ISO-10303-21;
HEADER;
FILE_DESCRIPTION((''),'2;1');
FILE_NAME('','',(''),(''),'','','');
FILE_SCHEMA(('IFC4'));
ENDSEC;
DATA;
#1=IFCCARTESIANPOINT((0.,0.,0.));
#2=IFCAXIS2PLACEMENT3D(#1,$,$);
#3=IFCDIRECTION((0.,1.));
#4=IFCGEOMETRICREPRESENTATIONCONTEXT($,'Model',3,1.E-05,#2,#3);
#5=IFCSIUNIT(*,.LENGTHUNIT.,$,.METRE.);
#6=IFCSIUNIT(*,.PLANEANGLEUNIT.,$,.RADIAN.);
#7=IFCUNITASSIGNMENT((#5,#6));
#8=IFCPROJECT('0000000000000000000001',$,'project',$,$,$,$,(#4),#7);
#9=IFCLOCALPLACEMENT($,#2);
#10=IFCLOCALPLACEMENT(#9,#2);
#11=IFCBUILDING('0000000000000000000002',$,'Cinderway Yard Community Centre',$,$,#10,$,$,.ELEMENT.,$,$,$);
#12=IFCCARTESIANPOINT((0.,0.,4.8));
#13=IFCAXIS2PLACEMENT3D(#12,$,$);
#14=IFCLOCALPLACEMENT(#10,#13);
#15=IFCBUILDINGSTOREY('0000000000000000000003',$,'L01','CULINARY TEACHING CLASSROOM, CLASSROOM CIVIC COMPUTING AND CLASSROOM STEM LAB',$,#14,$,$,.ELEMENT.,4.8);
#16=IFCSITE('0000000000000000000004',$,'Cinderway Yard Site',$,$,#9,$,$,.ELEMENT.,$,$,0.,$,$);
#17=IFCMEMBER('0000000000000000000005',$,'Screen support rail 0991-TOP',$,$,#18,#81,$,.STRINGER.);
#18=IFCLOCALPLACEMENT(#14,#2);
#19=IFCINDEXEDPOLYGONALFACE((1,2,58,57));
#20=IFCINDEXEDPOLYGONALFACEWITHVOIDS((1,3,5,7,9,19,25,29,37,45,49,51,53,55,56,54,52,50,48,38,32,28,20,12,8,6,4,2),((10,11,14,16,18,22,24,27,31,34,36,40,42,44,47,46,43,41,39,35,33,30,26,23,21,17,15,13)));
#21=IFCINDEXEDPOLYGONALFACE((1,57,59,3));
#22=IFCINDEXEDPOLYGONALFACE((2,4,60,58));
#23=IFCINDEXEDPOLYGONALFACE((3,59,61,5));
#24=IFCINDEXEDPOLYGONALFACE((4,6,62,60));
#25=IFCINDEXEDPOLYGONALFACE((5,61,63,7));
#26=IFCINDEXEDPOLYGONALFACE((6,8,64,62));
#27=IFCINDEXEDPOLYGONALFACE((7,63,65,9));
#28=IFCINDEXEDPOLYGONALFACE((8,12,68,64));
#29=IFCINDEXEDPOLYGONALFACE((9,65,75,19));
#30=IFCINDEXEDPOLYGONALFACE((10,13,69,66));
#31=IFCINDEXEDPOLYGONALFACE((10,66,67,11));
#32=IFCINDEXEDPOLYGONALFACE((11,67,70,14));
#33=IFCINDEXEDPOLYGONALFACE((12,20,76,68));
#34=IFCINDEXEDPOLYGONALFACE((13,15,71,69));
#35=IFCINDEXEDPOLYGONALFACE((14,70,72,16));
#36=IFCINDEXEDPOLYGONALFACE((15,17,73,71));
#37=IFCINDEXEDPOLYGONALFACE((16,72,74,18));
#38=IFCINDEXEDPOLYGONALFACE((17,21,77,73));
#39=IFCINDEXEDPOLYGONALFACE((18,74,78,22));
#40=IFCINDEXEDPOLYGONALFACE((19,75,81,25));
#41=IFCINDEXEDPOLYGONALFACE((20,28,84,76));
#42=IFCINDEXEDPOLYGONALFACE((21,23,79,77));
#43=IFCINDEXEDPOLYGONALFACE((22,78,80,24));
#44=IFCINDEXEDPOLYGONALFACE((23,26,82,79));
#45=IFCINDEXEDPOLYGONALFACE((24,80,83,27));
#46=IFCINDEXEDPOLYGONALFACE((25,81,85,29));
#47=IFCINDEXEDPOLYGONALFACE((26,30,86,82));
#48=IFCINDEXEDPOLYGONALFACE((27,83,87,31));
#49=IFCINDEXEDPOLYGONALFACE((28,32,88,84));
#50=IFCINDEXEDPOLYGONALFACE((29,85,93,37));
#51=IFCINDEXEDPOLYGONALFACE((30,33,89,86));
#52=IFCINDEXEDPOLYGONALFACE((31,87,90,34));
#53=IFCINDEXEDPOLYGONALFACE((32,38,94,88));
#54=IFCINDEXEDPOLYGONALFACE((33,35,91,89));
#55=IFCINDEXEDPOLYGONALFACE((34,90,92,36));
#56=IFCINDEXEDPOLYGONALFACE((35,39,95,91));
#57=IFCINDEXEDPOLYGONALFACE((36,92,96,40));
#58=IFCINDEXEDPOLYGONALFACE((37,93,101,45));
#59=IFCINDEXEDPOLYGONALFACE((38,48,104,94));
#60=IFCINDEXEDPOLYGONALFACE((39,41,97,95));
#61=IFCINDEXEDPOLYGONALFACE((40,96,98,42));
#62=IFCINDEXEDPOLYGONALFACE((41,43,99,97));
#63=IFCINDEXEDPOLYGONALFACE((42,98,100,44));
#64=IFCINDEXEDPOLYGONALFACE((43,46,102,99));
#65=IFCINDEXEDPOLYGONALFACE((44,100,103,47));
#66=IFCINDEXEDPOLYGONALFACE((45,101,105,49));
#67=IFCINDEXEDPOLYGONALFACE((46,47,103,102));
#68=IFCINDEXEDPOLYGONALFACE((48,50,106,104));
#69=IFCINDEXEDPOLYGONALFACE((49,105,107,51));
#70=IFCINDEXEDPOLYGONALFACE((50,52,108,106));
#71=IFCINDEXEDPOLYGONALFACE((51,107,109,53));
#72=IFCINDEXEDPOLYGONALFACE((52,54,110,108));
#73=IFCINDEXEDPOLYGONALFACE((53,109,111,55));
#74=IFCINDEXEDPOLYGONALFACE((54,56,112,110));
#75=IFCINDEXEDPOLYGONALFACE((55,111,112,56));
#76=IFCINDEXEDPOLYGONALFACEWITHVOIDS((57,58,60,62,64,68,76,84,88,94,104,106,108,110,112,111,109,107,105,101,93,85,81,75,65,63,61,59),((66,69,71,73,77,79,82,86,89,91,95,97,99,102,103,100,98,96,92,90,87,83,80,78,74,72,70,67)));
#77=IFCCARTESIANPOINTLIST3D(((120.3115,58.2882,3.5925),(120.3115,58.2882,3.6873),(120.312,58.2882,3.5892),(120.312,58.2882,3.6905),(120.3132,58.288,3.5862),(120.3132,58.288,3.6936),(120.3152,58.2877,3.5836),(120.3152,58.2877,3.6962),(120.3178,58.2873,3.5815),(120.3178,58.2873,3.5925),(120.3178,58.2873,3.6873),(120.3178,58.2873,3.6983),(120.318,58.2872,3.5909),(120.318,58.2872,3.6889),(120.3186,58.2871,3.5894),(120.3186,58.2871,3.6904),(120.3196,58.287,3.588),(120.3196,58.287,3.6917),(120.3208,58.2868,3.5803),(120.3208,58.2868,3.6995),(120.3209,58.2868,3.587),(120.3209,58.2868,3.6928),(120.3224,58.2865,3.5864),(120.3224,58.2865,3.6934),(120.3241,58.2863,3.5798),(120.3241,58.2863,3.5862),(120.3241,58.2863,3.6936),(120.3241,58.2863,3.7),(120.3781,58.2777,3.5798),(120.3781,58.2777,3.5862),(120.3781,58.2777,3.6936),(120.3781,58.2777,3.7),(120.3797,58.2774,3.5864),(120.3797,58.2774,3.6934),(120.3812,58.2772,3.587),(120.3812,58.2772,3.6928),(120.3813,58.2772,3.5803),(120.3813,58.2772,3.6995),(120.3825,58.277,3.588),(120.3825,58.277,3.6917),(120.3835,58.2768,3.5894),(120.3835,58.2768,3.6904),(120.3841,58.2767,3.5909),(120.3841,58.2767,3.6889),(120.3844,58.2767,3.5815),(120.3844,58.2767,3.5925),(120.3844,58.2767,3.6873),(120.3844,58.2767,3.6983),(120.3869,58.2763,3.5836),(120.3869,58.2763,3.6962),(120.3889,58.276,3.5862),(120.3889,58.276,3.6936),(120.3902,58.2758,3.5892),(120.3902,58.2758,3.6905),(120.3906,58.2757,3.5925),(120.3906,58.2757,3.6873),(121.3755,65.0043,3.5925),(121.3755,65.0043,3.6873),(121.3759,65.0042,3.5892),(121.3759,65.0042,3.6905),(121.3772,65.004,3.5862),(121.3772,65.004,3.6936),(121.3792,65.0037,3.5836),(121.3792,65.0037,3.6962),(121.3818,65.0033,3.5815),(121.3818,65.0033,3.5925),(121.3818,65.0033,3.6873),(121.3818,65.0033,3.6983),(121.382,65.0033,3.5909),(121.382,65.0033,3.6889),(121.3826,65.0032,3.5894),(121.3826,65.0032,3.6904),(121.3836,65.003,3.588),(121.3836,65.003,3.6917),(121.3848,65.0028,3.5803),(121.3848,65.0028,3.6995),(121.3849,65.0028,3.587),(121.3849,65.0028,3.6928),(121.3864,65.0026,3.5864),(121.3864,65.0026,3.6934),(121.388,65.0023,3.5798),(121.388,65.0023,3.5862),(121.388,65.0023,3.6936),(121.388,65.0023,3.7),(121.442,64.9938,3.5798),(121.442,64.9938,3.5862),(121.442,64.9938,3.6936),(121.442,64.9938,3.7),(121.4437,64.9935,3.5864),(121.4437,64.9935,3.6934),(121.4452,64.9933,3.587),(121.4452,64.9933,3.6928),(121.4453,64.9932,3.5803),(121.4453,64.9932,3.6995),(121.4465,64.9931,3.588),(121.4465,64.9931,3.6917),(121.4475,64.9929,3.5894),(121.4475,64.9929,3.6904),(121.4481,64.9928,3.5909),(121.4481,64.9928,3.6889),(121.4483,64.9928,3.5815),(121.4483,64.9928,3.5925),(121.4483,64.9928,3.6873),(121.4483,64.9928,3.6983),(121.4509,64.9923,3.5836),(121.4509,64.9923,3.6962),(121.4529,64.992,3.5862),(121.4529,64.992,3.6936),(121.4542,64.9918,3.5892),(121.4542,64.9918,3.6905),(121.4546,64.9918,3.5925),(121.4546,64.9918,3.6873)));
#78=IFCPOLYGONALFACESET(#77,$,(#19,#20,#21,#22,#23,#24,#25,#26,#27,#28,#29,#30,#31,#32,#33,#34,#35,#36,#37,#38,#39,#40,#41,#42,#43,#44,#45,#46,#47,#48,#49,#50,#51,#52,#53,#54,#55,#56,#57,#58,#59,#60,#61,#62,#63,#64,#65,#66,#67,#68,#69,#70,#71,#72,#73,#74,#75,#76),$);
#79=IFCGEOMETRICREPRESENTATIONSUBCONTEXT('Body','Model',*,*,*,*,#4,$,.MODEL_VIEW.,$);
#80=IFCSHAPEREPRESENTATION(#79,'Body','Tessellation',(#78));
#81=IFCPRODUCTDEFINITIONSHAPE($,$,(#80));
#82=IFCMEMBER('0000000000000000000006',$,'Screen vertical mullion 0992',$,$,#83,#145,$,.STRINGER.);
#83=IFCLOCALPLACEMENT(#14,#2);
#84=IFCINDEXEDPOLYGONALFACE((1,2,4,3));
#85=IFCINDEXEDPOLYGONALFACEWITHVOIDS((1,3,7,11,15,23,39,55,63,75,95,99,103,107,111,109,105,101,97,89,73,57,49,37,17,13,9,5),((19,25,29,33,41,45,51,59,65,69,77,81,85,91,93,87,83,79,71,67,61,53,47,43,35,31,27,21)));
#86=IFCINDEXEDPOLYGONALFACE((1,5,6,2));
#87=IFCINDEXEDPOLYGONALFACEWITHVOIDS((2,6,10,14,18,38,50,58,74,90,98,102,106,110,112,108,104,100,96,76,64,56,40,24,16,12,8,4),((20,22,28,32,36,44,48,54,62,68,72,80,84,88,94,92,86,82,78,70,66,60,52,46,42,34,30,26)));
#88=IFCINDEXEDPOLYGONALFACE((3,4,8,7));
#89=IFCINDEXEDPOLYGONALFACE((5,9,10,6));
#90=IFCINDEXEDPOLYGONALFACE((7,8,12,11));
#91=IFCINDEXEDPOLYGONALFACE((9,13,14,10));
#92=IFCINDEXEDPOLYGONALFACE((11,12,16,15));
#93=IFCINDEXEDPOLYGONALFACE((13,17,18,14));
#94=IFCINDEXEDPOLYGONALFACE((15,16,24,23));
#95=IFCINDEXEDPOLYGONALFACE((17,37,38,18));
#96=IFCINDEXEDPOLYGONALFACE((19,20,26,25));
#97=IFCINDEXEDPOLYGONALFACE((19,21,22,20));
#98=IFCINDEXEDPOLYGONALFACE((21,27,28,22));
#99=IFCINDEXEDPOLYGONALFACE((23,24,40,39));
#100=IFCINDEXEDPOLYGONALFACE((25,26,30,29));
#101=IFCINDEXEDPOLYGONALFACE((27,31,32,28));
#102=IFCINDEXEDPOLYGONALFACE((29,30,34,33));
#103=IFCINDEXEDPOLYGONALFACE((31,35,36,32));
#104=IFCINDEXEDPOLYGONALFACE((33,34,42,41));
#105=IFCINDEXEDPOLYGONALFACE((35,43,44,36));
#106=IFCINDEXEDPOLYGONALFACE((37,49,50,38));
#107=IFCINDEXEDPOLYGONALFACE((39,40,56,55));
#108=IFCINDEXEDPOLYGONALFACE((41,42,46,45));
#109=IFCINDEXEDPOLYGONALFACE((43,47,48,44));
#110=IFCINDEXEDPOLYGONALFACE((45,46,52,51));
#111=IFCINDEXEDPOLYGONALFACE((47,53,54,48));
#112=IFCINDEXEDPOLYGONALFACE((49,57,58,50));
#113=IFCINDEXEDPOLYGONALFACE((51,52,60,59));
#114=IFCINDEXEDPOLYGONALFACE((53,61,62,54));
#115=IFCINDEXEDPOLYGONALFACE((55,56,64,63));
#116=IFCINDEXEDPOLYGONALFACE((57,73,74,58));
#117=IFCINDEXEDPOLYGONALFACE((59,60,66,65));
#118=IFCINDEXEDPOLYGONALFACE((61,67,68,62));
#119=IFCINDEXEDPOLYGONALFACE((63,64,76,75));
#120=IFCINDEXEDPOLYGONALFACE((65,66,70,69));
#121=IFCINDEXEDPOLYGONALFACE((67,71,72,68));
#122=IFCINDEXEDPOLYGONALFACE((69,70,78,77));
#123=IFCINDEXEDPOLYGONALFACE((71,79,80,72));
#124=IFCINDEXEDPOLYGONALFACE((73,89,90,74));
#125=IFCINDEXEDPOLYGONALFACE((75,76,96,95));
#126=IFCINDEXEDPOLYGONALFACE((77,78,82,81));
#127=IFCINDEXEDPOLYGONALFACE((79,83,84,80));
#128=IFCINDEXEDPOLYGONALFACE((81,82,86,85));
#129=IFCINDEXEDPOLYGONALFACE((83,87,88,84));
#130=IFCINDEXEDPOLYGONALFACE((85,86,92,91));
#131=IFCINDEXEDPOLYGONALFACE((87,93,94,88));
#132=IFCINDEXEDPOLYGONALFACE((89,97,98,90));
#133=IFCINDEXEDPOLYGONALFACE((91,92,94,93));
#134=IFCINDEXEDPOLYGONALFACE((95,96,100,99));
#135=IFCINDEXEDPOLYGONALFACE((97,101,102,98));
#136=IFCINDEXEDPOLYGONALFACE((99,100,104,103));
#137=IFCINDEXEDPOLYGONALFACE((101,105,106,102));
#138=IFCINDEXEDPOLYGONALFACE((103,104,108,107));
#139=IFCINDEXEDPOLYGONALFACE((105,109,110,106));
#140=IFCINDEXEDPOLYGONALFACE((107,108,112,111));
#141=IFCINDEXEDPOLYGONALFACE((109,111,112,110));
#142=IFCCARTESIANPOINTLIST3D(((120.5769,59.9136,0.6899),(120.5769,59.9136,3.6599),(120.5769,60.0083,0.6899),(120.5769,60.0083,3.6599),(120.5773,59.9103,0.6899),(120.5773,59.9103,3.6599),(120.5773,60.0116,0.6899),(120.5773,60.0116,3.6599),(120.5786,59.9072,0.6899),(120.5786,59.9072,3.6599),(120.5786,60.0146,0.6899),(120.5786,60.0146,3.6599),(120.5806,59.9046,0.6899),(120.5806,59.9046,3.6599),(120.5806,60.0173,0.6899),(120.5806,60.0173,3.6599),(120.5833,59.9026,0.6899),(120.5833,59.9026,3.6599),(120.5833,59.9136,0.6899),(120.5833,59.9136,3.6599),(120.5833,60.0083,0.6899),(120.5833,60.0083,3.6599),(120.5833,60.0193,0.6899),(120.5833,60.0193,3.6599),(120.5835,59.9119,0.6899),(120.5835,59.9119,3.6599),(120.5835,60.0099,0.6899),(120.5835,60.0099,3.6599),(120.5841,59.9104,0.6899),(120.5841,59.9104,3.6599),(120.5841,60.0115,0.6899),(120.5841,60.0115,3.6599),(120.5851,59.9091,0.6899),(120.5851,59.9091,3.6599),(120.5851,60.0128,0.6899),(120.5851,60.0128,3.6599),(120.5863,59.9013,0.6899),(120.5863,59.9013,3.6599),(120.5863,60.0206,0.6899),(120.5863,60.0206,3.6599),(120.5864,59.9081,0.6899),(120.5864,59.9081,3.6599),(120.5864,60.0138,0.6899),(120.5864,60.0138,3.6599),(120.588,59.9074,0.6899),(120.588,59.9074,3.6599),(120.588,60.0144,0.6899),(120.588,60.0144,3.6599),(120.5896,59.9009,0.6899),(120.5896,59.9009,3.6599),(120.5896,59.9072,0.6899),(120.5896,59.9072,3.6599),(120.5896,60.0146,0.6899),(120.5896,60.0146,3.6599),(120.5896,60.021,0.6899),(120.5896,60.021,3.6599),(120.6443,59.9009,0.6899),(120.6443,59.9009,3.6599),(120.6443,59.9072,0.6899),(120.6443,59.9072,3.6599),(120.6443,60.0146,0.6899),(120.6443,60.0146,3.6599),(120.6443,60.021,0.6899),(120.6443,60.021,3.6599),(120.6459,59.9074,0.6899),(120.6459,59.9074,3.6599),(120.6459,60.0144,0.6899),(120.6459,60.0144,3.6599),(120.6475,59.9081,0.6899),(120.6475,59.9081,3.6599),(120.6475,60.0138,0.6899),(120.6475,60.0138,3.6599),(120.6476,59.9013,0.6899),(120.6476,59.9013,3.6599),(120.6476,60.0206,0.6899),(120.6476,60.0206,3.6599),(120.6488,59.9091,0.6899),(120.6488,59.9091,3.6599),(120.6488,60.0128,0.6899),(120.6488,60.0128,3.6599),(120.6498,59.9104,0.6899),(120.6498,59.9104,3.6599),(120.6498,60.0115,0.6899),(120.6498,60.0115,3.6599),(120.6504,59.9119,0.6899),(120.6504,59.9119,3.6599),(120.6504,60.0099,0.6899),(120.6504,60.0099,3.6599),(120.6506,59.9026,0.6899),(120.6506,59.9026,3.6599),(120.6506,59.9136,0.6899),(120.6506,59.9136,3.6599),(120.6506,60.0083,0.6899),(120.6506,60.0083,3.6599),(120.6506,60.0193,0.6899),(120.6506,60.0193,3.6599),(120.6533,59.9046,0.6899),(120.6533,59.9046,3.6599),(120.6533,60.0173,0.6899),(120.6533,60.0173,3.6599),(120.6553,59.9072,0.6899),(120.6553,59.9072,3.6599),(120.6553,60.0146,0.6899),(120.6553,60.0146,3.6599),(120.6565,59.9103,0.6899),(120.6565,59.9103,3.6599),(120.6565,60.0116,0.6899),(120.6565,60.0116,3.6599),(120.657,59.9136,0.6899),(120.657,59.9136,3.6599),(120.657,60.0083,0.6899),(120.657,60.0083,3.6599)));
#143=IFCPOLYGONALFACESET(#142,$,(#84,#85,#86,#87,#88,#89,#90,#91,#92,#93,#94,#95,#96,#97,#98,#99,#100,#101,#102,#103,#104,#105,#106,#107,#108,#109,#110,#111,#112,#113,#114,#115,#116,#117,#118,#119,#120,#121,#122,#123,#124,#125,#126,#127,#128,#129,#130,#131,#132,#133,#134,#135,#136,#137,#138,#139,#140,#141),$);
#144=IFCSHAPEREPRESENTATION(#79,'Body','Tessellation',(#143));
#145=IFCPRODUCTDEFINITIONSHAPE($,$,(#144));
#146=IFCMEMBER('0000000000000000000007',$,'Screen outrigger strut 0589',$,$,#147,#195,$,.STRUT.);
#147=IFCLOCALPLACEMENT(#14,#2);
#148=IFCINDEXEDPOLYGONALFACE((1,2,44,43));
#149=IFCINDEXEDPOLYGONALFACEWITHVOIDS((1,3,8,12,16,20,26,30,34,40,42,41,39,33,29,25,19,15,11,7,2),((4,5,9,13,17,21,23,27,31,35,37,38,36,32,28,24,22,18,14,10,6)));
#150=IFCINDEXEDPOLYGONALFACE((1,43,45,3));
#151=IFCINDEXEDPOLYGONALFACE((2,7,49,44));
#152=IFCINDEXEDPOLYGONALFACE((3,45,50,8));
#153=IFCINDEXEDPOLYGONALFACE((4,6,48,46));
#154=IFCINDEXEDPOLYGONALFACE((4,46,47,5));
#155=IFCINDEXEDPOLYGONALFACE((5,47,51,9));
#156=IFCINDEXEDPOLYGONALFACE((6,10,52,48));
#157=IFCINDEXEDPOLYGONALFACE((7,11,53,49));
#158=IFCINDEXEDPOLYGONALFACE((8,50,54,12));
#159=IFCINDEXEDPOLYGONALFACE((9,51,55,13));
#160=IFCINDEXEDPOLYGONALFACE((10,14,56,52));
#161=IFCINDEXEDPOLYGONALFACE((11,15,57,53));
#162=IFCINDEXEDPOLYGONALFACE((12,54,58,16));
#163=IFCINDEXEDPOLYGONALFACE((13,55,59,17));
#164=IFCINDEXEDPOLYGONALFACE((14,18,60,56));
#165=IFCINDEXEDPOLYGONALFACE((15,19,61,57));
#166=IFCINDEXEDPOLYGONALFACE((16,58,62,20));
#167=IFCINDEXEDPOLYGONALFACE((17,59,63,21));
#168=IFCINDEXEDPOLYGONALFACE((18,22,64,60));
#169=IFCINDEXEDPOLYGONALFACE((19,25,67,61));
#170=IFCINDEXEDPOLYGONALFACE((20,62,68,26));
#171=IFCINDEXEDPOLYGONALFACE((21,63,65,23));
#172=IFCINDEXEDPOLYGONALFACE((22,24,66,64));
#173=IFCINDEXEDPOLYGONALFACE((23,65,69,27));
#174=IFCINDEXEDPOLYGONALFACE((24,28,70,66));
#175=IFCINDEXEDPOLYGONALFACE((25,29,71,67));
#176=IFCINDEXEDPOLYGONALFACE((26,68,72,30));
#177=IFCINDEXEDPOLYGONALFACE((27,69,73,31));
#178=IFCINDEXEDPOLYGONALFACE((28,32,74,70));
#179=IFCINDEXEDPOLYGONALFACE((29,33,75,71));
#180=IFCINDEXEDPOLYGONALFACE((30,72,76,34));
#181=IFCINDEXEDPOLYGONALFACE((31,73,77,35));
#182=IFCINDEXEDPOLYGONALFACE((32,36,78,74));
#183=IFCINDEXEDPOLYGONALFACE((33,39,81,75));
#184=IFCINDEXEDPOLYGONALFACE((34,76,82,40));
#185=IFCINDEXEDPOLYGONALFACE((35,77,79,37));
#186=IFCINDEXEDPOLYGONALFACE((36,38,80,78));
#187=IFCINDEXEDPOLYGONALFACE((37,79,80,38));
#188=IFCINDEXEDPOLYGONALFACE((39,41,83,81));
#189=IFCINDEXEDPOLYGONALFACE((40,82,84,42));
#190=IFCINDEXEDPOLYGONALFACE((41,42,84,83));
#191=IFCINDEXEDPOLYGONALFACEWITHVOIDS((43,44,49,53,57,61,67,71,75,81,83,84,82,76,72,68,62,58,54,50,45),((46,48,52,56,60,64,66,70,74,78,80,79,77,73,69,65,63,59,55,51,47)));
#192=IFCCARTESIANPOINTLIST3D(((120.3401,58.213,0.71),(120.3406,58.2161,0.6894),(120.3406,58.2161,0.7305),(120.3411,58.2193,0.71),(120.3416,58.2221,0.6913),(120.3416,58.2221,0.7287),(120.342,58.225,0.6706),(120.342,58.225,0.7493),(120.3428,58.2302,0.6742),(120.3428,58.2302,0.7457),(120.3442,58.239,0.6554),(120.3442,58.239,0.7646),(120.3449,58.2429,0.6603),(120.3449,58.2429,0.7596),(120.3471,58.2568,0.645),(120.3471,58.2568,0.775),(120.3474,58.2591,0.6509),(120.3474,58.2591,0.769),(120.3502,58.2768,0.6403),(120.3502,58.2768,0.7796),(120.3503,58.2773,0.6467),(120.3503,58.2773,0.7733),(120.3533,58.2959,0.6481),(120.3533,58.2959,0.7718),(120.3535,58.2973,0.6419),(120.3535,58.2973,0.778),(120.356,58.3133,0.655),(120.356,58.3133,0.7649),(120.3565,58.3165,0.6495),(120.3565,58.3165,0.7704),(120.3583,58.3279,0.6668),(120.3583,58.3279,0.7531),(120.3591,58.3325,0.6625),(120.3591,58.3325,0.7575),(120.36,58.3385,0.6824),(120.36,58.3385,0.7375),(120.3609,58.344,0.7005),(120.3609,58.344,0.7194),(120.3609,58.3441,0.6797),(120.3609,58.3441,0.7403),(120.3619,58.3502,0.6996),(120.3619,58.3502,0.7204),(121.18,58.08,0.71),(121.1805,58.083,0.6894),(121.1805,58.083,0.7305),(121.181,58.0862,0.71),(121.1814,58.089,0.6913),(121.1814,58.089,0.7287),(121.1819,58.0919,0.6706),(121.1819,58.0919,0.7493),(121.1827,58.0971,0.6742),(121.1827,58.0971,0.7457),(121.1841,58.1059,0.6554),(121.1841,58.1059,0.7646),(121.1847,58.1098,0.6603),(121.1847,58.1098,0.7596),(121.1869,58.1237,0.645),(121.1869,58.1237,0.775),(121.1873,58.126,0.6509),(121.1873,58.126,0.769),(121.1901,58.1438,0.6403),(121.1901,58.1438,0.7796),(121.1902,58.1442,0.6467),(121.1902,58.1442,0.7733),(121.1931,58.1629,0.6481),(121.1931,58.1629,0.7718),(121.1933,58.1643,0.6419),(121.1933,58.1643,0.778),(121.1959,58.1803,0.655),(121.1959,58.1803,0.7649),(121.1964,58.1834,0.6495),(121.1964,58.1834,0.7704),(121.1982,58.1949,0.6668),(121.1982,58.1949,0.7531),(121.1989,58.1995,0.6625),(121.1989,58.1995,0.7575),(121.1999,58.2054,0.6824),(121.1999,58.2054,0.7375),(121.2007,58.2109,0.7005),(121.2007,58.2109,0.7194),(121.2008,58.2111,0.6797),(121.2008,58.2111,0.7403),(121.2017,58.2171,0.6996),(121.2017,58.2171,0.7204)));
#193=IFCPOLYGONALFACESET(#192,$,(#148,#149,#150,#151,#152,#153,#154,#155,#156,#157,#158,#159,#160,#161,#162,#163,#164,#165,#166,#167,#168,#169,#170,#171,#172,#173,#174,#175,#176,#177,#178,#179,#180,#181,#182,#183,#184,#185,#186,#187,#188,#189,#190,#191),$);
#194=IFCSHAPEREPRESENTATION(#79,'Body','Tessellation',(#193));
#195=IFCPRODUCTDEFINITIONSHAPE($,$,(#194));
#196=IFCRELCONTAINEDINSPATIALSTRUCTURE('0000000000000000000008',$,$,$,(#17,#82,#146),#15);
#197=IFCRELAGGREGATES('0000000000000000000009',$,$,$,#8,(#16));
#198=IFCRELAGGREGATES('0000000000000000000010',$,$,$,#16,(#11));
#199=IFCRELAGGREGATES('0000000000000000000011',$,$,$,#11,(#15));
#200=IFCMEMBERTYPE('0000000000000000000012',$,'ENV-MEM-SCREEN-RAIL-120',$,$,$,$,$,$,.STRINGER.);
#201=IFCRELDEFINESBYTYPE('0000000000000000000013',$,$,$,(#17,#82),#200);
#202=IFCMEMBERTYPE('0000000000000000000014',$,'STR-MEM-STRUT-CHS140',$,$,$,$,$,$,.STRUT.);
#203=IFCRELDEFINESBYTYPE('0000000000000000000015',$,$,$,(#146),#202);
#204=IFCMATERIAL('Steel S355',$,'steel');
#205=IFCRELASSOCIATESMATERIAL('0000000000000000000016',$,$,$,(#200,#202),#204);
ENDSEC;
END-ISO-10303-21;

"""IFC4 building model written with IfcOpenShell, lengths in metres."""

from ifc_helpers import new_model, si_unit, direction, frame, origin, origin_2d, place, context, subcontext, project, spatial, hollow_rectangle, hollow_circle, extrude, material, material_profile, profile_set, type_object, element, save


model = new_model("IFC4")

# Units and contexts
model_context = context("Model", 3, precision=1e-05, world=origin(), true_north=direction((0.0, 1.0)))
body_context = subcontext(model_context, "Body", "Model", "MODEL_VIEW")
ifc_project = project(units=[si_unit("LENGTHUNIT", "METRE"), si_unit("PLANEANGLEUNIT", "RADIAN")], contexts=[model_context])

# Site, building, storey
site_placement = place(None, origin())
site = spatial("IfcSite", under=ifc_project, at=site_placement, Name="Cinderway Yard Site", CompositionType="ELEMENT", RefElevation=0.0)
building_placement = place(site_placement, origin())
building = spatial("IfcBuilding", under=site, at=building_placement, Name="Cinderway Yard Community Centre", CompositionType="ELEMENT")
storey_placement = place(building_placement, frame((0.0, 0.0, 4.8)))
storey = spatial("IfcBuildingStorey", under=building, at=storey_placement, Name="L01", Description="CULINARY TEACHING CLASSROOM, CLASSROOM CIVIC COMPUTING AND CLASSROOM STEM LAB", CompositionType="ELEMENT", Elevation=4.8)

# Members
ifc_material_1 = material(Name="Steel S355", Category="steel")
ifc_material_profile_1 = material_profile(ifc_material_1, hollow_rectangle(XDim=0.0801, YDim=0.1201, WallThickness=0.0063, InnerFilletRadius=0.0063, OuterFilletRadius=0.0127, at=origin_2d()), Name="Steel S355")
ifc_profile_set_1 = profile_set([ifc_material_profile_1], Name="Steel S355")
member_type_1 = type_object("IfcMemberType", Name="ENV-MEM-SCREEN-RAIL-120", PredefinedType="STRINGER", material=ifc_profile_set_1)
for number, where, z_axis, x_axis, name in (
    (1, (120.3511, 58.282, 3.6399), (0.15647, 0.987683, 0.0), (-0.987683, 0.15647, 0.0), "Screen support rail 0991-TOP"),
):
    element("IfcMember", number, at=place(storey_placement, frame(where, z_axis=z_axis, x_axis=x_axis)), inside=storey, type_object=member_type_1, Name=name, PredefinedType="STRINGER", context=body_context, shape_type="SweptSolid", body=[
        extrude(hollow_rectangle(XDim=0.0801, YDim=0.1201, WallThickness=0.0063, InnerFilletRadius=0.0063, OuterFilletRadius=0.0127, at=origin_2d()), origin(), (0.0, 0.0, 1.0), 6.7998),
    ])
member_1_placement = place(storey_placement, frame((120.6169, 59.9609, 0.6899), z_axis=(0.0, 0.0, 1.0), x_axis=(1.0, 0.0, 0.0)))
element("IfcMember", 2, at=member_1_placement, inside=storey, type_object=member_type_1, Name="Screen vertical mullion 0992", PredefinedType="STRINGER", context=body_context, shape_type="SweptSolid", body=[
    extrude(hollow_rectangle(XDim=0.0801, YDim=0.1201, WallThickness=0.0063, InnerFilletRadius=0.0063, OuterFilletRadius=0.0127, at=origin_2d()), origin(), (0.0, 0.0, 1.0), 2.97),
])
ifc_material_profile_2 = material_profile(ifc_material_1, hollow_circle(Radius=0.0698, WallThickness=0.0063, at=origin_2d()), Name="Steel S355")
ifc_profile_set_2 = profile_set([ifc_material_profile_2], Name="Steel S355")
member_type_2 = type_object("IfcMemberType", Name="STR-MEM-STRUT-CHS140", PredefinedType="STRUT", material=ifc_profile_set_2)
for number, where, z_axis, x_axis, name in (
    (3, (121.1909, 58.1489, 0.71), (-0.987681, 0.156479, 0.0), (-0.156479, -0.987681, 0.0), "Screen outrigger strut 0589"),
):
    element("IfcMember", number, at=place(storey_placement, frame(where, z_axis=z_axis, x_axis=x_axis)), inside=storey, type_object=member_type_2, Name=name, PredefinedType="STRUT", context=body_context, shape_type="SweptSolid", body=[
        extrude(hollow_circle(Radius=0.0698, WallThickness=0.0063, at=origin_2d()), origin(), (0.0, 0.0, 1.0), 0.8503),
    ])

save(model, "model.ifc")
